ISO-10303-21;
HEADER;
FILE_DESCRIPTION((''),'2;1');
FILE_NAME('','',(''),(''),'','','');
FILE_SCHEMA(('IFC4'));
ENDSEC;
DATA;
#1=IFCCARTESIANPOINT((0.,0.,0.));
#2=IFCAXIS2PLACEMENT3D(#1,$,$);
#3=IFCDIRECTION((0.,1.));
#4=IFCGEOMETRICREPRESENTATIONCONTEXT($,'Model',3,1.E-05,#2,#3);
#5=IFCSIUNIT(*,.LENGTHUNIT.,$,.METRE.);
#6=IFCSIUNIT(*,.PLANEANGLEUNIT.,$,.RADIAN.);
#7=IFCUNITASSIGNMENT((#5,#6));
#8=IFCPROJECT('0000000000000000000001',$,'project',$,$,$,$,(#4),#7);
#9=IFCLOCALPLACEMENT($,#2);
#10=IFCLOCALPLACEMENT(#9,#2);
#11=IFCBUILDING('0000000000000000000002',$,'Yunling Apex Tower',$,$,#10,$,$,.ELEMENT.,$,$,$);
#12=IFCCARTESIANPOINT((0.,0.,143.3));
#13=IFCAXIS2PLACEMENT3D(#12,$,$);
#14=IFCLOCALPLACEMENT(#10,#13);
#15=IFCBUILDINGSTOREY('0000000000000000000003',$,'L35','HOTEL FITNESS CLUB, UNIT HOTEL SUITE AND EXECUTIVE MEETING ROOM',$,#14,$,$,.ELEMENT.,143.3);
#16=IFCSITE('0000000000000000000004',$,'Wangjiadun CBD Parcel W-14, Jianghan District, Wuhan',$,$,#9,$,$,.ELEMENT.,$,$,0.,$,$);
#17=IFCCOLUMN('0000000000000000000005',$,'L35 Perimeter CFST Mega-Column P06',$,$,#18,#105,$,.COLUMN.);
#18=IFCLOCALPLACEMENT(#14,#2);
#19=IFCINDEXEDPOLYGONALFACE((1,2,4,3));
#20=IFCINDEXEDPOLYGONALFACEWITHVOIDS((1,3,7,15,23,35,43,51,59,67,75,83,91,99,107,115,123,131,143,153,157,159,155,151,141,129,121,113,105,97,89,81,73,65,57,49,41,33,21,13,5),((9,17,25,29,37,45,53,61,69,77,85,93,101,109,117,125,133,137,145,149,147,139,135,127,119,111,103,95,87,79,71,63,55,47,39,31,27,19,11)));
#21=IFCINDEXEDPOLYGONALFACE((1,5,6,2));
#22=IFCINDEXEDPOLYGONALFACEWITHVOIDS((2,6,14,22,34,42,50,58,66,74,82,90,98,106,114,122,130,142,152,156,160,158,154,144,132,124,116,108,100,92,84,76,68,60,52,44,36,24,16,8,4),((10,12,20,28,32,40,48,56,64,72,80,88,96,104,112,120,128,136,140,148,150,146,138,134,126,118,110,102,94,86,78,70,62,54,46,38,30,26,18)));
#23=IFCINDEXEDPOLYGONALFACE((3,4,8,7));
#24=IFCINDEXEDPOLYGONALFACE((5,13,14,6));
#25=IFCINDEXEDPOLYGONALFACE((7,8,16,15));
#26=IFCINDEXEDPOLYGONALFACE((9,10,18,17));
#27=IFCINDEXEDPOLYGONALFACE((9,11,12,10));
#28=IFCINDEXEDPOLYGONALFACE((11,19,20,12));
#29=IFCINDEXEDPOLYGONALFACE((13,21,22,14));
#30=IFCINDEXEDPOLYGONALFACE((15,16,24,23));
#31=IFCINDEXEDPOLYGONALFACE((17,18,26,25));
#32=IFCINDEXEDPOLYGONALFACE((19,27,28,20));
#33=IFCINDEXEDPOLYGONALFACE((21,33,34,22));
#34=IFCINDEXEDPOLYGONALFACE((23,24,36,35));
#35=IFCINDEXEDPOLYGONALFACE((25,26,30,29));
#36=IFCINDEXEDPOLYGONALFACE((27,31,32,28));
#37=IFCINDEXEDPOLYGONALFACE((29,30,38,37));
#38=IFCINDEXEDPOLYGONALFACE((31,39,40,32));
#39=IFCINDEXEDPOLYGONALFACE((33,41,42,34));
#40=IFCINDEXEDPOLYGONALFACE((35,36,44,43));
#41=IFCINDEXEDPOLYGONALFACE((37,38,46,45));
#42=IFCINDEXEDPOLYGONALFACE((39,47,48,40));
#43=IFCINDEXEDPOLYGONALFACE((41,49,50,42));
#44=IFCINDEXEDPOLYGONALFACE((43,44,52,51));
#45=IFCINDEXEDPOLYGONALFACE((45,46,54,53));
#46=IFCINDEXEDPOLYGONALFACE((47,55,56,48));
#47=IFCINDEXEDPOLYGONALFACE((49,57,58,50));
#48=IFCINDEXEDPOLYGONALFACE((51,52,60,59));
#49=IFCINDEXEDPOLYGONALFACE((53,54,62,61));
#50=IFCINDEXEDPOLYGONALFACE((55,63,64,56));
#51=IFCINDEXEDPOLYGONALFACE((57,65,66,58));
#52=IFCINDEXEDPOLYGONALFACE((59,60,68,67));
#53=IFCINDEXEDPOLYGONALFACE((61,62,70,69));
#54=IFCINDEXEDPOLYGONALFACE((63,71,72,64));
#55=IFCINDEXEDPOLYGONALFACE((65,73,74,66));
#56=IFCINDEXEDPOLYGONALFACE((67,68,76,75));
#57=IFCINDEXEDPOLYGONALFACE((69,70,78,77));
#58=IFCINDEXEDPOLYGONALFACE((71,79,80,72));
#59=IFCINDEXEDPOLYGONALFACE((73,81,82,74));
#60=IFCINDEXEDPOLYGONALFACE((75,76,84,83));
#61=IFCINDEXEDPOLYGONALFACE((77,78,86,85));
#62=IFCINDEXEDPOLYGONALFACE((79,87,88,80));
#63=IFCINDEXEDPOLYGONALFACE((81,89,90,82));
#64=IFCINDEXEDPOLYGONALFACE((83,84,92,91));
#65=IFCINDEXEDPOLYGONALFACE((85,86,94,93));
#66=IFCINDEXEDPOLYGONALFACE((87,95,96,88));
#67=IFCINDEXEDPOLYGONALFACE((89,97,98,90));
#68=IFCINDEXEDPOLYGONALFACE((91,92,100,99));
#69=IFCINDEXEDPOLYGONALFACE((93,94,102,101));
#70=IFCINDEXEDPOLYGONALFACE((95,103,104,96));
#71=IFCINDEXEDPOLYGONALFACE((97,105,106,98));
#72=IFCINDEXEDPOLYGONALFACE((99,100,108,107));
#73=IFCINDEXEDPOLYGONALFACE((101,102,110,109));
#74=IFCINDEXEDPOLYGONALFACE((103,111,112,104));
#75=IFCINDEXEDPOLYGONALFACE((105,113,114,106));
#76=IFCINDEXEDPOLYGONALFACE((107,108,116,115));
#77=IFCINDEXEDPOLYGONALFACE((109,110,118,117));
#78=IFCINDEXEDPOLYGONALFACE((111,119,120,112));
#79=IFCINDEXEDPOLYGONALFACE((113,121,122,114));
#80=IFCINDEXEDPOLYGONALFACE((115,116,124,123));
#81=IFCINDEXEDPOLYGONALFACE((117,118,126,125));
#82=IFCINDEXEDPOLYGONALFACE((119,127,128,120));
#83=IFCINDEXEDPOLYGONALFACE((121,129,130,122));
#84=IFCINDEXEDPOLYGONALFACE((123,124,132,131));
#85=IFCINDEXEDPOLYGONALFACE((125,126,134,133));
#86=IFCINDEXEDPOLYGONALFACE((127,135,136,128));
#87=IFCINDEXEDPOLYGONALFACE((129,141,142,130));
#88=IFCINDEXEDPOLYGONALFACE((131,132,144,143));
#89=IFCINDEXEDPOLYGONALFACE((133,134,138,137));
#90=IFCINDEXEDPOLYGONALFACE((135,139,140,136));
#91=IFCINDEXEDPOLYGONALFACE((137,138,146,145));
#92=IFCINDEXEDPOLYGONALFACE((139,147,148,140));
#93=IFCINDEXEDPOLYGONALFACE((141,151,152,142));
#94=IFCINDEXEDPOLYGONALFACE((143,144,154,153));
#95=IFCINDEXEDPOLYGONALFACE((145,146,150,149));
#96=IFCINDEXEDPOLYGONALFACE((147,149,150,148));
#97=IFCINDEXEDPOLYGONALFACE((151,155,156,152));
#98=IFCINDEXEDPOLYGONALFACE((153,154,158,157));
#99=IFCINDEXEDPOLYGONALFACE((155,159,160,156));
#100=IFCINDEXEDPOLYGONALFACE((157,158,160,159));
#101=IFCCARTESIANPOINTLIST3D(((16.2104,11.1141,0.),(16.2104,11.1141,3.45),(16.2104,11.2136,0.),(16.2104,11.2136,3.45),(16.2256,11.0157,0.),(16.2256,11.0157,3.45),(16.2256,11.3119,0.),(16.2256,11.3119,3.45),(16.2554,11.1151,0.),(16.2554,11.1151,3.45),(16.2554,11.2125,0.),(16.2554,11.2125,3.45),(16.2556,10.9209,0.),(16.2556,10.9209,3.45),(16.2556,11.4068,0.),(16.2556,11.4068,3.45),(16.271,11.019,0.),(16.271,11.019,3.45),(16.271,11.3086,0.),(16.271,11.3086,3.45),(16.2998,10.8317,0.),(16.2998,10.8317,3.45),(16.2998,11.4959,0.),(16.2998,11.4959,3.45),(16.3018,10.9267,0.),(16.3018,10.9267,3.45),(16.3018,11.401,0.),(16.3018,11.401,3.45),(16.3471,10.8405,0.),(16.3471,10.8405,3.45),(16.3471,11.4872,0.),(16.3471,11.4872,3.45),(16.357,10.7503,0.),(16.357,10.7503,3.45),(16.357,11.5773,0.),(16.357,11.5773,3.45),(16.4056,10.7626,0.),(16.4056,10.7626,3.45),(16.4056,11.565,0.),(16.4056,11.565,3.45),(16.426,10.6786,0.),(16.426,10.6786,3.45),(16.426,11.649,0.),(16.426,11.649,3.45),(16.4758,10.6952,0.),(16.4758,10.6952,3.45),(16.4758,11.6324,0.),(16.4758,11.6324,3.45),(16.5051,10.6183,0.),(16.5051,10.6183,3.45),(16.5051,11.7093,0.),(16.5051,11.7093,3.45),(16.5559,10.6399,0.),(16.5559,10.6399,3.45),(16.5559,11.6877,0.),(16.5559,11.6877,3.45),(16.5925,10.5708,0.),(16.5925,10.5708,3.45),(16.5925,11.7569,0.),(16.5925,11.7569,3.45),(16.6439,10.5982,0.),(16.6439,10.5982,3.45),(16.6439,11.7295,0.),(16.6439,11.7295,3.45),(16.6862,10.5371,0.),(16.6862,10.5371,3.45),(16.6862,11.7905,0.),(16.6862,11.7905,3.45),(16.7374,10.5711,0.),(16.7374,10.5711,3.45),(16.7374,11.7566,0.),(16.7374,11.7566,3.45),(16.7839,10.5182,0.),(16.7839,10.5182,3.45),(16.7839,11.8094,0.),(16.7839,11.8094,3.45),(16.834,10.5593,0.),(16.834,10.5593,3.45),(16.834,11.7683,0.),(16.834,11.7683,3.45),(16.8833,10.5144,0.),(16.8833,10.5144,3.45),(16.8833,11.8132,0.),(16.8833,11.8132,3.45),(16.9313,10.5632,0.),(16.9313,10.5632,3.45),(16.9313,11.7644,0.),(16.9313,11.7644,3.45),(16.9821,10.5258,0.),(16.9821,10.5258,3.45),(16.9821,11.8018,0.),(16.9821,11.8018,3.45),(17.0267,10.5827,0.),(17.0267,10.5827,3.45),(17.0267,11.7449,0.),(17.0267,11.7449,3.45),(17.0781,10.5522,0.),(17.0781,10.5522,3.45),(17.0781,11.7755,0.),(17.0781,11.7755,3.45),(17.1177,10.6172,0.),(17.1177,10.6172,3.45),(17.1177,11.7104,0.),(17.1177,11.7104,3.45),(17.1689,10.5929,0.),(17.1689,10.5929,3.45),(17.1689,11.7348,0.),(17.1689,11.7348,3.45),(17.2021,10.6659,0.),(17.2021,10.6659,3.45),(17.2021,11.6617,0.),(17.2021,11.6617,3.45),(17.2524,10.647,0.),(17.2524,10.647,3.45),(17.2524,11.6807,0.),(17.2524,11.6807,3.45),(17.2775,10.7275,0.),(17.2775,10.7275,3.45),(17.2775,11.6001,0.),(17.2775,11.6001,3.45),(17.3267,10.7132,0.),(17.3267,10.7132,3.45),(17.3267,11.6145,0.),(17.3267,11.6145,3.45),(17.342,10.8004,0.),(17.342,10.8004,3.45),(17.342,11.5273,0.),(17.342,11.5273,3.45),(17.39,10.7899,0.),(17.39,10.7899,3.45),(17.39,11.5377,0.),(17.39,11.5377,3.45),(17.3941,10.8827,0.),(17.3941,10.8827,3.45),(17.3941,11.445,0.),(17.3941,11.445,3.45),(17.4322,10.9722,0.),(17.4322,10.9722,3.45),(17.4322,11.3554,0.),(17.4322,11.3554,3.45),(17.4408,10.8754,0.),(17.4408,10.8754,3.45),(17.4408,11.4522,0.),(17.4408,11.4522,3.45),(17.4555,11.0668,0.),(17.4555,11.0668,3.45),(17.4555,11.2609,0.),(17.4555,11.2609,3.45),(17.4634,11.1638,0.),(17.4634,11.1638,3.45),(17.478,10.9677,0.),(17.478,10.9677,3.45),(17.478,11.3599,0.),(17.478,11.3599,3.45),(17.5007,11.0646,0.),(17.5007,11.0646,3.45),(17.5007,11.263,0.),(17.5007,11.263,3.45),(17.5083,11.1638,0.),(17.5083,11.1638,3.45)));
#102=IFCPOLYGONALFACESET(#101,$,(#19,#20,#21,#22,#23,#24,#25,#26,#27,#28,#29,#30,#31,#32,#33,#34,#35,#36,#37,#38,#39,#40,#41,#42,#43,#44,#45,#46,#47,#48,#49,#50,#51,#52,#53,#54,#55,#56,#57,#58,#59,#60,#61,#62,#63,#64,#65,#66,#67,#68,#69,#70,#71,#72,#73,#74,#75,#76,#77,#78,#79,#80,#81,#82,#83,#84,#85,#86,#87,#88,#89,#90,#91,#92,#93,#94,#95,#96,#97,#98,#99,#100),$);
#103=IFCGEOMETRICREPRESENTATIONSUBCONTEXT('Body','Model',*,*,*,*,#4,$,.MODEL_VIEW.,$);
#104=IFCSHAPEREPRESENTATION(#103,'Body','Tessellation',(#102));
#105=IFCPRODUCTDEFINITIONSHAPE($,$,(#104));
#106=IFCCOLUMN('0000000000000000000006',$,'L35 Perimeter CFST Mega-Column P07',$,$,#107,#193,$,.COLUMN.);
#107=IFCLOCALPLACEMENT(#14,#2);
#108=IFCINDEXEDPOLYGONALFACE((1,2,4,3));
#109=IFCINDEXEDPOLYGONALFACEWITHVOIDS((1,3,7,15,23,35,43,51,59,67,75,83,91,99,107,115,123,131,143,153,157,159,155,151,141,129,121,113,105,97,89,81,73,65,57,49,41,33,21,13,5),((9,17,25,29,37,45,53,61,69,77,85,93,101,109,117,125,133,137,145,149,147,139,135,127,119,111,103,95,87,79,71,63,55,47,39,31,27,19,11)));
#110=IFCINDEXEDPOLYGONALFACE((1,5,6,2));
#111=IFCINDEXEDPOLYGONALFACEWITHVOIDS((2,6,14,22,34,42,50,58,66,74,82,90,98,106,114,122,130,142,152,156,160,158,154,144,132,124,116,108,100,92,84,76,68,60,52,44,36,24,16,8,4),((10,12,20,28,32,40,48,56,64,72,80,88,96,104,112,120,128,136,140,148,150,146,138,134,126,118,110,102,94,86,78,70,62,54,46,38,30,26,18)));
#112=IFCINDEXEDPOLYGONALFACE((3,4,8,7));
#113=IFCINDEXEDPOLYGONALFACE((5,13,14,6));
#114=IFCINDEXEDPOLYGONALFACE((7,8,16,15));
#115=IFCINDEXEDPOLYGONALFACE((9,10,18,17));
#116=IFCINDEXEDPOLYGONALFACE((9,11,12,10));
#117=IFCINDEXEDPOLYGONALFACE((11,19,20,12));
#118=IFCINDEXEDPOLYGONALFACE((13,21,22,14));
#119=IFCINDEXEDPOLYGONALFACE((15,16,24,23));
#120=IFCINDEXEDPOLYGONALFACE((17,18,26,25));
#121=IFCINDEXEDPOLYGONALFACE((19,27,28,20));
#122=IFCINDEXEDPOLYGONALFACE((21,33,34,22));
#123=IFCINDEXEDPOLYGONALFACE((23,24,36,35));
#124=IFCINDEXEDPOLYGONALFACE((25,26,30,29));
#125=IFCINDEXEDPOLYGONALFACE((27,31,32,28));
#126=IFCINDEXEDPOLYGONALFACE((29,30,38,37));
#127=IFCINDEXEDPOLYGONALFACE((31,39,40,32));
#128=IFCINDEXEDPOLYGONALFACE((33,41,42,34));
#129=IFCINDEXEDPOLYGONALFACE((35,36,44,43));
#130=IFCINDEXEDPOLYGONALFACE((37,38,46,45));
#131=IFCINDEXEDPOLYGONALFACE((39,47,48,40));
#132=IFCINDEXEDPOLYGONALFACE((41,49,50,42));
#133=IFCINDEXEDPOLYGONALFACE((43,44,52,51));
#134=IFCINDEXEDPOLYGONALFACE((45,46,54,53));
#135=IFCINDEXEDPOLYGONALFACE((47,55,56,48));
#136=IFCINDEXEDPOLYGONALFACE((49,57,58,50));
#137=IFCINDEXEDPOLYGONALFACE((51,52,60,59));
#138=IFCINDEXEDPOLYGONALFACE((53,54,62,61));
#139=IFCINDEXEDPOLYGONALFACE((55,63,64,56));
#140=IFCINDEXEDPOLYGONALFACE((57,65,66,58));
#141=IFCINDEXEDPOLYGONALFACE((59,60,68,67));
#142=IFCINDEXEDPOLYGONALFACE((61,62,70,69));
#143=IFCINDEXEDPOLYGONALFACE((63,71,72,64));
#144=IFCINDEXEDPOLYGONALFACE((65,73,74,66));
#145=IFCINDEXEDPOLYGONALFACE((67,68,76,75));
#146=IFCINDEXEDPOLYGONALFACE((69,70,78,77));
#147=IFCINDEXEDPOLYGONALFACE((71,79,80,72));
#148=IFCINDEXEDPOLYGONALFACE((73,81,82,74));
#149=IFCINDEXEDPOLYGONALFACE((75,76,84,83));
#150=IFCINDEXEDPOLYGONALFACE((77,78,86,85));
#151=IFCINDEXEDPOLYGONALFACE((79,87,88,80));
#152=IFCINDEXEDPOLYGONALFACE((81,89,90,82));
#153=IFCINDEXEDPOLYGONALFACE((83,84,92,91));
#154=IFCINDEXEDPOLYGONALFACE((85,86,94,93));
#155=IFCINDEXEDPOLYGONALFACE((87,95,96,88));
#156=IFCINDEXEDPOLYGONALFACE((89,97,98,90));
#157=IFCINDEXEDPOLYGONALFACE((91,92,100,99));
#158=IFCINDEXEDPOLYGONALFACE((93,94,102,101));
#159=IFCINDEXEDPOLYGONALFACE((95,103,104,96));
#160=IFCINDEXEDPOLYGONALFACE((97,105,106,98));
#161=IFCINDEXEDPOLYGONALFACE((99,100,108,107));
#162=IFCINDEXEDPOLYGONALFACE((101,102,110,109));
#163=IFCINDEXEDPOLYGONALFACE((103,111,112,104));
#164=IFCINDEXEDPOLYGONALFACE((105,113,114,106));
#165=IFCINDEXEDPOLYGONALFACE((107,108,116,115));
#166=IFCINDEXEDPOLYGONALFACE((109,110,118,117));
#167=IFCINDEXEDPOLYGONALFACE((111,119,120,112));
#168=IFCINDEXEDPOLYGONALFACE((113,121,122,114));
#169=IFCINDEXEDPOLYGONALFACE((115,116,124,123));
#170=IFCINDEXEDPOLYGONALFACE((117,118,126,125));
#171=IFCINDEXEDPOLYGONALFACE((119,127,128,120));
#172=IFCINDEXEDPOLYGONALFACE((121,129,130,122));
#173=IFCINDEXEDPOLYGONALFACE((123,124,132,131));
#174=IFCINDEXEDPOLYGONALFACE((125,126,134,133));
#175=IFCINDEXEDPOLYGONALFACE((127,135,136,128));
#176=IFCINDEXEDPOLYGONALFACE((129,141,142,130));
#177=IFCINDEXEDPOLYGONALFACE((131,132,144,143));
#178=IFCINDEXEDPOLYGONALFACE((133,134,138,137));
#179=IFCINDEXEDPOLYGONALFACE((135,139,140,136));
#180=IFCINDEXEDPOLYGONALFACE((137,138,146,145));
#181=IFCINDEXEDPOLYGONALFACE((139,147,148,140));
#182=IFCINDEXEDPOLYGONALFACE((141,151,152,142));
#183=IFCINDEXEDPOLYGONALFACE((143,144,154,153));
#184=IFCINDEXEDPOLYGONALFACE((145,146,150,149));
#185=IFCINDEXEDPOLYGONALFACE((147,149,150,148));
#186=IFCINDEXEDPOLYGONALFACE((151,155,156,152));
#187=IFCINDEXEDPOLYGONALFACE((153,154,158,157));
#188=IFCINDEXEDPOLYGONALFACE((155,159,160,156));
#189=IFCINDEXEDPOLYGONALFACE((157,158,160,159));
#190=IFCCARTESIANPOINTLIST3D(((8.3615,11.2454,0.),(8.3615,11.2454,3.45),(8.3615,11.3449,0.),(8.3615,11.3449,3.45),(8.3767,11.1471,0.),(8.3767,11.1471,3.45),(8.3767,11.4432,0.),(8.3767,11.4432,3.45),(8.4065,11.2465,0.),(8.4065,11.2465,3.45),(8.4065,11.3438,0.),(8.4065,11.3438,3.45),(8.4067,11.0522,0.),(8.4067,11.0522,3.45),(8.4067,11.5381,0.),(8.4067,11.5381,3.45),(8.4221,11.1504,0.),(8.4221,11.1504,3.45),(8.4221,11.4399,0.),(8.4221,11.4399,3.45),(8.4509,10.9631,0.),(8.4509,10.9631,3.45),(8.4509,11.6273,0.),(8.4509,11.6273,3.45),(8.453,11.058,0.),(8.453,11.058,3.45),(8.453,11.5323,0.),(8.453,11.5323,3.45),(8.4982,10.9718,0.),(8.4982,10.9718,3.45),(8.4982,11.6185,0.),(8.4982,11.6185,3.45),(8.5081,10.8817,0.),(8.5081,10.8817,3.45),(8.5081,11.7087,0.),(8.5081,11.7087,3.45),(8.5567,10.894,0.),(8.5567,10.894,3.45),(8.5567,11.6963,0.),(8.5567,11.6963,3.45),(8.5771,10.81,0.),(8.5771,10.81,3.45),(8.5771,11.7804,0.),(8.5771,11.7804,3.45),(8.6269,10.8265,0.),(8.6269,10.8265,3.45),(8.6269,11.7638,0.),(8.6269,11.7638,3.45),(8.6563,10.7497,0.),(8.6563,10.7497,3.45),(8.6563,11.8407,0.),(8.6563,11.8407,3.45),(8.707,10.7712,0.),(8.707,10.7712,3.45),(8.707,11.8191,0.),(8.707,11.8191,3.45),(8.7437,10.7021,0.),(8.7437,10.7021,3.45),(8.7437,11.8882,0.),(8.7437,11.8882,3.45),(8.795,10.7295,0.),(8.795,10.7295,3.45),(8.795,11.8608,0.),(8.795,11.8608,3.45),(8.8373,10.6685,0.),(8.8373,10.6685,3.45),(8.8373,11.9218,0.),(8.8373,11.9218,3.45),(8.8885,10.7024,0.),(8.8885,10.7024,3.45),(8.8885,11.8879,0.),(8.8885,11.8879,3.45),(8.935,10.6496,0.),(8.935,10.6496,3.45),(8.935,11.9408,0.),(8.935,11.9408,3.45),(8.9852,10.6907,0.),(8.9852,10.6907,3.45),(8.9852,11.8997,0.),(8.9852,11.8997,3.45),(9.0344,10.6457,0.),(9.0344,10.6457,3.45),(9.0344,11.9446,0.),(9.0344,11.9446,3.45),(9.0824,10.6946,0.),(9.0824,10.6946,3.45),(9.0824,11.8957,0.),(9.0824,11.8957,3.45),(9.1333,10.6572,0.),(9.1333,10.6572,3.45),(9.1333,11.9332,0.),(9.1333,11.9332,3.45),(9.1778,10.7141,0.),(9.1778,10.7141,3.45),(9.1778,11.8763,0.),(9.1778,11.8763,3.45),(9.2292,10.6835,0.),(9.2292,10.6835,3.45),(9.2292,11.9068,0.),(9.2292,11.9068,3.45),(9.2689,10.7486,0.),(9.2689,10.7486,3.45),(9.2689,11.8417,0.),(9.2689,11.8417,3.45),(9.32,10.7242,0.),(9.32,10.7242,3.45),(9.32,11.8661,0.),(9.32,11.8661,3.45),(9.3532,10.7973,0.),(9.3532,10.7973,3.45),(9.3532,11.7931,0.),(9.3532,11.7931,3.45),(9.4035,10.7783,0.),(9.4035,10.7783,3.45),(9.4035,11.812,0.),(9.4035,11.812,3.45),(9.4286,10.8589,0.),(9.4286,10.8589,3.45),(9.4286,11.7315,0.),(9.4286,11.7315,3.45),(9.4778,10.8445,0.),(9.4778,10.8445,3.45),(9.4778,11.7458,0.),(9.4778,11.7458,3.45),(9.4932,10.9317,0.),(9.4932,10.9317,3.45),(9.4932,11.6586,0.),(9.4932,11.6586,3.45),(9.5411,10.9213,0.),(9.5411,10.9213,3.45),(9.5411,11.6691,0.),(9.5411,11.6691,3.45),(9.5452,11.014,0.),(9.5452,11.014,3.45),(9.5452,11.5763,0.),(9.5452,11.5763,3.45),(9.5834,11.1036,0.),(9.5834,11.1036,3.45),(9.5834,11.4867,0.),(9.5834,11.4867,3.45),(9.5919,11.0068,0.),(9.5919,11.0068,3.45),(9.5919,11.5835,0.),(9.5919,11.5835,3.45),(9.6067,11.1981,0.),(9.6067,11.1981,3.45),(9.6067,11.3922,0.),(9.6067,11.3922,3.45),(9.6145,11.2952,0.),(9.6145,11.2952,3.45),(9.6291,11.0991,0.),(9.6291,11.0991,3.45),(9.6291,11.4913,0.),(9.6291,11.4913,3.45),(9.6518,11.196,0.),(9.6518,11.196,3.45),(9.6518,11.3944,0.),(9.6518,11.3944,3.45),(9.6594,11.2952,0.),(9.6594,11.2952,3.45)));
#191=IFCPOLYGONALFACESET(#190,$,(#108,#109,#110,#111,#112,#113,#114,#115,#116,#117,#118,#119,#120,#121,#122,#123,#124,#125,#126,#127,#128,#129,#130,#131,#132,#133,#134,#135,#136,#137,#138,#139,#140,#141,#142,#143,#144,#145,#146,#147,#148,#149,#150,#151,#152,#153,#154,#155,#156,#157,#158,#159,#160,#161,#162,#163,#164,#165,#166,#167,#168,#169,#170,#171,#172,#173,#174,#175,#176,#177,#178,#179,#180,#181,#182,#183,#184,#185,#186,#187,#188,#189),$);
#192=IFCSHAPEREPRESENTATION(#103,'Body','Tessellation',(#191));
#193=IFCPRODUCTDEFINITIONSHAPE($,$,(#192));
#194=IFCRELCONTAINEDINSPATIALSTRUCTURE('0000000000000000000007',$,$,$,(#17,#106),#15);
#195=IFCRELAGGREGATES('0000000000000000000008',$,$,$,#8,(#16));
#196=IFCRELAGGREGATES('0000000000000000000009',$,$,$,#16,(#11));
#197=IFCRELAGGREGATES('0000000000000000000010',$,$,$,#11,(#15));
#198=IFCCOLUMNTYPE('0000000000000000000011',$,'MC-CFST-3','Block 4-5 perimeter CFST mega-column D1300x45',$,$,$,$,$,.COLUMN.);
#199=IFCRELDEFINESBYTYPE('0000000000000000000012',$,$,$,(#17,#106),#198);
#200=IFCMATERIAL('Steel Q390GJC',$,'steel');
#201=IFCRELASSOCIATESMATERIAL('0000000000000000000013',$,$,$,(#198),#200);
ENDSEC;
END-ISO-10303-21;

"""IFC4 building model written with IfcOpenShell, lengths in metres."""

from ifc_helpers import new_model, si_unit, direction, frame, origin, origin_2d, place, context, subcontext, project, spatial, hollow_circle, extrude, source, transform, mapped, material, material_profile, profile_set, type_object, element, save


model = new_model("IFC4")

# Units and contexts
model_context = context("Model", 3, precision=1e-05, world=origin(), true_north=direction((0.0, 1.0)))
body_context = subcontext(model_context, "Body", "Model", "MODEL_VIEW")
ifc_project = project(units=[si_unit("LENGTHUNIT", "METRE"), si_unit("PLANEANGLEUNIT", "RADIAN")], contexts=[model_context])

# Site, building, storey
site_placement = place(None, origin())
site = spatial("IfcSite", under=ifc_project, at=site_placement, Name="Wangjiadun CBD Parcel W-14, Jianghan District, Wuhan", CompositionType="ELEMENT", RefElevation=0.0)
building_placement = place(site_placement, origin())
building = spatial("IfcBuilding", under=site, at=building_placement, Name="Yunling Apex Tower", CompositionType="ELEMENT")
storey_placement = place(building_placement, frame((0.0, 0.0, 143.3)))
storey = spatial("IfcBuildingStorey", under=building, at=storey_placement, Name="L35", Description="HOTEL FITNESS CLUB, UNIT HOTEL SUITE AND EXECUTIVE MEETING ROOM", CompositionType="ELEMENT", Elevation=143.3)

# Columns
ifc_material_1 = material(Name="Steel Q390GJC", Category="steel")
ifc_material_profile_1 = material_profile(ifc_material_1, hollow_circle(Radius=0.6499, WallThickness=0.0449, at=origin_2d()))
ifc_profile_set_1 = profile_set([ifc_material_profile_1], Name="Steel Q390GJC")
column_type = type_object("IfcColumnType", Name="MC-CFST-3", Description="Block 4-5 perimeter CFST mega-column D1300x45", PredefinedType="COLUMN", material=ifc_profile_set_1)
shared_shape_1 = source(origin(), body_context, "Body", "SweptSolid", [
    extrude(hollow_circle(Radius=0.6499, WallThickness=0.0449, at=origin_2d()), origin(), (0.0, 0.0, 1.0), 3.45),
])
for number, where, z_axis, x_axis, name in (
    (1, (16.8584, 11.1638, 0.0), (0.0, 0.0, 1.0), (1.0, 0.0, 0.0), "L35 Perimeter CFST Mega-Column P06"),
    (2, (9.0095, 11.2952, 0.0), (0.0, 0.0, 1.0), (1.0, 0.0, 0.0), "L35 Perimeter CFST Mega-Column P07"),
):
    element("IfcColumn", number, at=place(storey_placement, frame(where, z_axis=z_axis, x_axis=x_axis)), inside=storey, type_object=column_type, Name=name, PredefinedType="COLUMN", context=body_context, shape_type="MappedRepresentation", body=[
        mapped(shared_shape_1, transform((0.0, 0.0, 0.0), scale=1.0)),
    ])

save(model, "model.ifc")
